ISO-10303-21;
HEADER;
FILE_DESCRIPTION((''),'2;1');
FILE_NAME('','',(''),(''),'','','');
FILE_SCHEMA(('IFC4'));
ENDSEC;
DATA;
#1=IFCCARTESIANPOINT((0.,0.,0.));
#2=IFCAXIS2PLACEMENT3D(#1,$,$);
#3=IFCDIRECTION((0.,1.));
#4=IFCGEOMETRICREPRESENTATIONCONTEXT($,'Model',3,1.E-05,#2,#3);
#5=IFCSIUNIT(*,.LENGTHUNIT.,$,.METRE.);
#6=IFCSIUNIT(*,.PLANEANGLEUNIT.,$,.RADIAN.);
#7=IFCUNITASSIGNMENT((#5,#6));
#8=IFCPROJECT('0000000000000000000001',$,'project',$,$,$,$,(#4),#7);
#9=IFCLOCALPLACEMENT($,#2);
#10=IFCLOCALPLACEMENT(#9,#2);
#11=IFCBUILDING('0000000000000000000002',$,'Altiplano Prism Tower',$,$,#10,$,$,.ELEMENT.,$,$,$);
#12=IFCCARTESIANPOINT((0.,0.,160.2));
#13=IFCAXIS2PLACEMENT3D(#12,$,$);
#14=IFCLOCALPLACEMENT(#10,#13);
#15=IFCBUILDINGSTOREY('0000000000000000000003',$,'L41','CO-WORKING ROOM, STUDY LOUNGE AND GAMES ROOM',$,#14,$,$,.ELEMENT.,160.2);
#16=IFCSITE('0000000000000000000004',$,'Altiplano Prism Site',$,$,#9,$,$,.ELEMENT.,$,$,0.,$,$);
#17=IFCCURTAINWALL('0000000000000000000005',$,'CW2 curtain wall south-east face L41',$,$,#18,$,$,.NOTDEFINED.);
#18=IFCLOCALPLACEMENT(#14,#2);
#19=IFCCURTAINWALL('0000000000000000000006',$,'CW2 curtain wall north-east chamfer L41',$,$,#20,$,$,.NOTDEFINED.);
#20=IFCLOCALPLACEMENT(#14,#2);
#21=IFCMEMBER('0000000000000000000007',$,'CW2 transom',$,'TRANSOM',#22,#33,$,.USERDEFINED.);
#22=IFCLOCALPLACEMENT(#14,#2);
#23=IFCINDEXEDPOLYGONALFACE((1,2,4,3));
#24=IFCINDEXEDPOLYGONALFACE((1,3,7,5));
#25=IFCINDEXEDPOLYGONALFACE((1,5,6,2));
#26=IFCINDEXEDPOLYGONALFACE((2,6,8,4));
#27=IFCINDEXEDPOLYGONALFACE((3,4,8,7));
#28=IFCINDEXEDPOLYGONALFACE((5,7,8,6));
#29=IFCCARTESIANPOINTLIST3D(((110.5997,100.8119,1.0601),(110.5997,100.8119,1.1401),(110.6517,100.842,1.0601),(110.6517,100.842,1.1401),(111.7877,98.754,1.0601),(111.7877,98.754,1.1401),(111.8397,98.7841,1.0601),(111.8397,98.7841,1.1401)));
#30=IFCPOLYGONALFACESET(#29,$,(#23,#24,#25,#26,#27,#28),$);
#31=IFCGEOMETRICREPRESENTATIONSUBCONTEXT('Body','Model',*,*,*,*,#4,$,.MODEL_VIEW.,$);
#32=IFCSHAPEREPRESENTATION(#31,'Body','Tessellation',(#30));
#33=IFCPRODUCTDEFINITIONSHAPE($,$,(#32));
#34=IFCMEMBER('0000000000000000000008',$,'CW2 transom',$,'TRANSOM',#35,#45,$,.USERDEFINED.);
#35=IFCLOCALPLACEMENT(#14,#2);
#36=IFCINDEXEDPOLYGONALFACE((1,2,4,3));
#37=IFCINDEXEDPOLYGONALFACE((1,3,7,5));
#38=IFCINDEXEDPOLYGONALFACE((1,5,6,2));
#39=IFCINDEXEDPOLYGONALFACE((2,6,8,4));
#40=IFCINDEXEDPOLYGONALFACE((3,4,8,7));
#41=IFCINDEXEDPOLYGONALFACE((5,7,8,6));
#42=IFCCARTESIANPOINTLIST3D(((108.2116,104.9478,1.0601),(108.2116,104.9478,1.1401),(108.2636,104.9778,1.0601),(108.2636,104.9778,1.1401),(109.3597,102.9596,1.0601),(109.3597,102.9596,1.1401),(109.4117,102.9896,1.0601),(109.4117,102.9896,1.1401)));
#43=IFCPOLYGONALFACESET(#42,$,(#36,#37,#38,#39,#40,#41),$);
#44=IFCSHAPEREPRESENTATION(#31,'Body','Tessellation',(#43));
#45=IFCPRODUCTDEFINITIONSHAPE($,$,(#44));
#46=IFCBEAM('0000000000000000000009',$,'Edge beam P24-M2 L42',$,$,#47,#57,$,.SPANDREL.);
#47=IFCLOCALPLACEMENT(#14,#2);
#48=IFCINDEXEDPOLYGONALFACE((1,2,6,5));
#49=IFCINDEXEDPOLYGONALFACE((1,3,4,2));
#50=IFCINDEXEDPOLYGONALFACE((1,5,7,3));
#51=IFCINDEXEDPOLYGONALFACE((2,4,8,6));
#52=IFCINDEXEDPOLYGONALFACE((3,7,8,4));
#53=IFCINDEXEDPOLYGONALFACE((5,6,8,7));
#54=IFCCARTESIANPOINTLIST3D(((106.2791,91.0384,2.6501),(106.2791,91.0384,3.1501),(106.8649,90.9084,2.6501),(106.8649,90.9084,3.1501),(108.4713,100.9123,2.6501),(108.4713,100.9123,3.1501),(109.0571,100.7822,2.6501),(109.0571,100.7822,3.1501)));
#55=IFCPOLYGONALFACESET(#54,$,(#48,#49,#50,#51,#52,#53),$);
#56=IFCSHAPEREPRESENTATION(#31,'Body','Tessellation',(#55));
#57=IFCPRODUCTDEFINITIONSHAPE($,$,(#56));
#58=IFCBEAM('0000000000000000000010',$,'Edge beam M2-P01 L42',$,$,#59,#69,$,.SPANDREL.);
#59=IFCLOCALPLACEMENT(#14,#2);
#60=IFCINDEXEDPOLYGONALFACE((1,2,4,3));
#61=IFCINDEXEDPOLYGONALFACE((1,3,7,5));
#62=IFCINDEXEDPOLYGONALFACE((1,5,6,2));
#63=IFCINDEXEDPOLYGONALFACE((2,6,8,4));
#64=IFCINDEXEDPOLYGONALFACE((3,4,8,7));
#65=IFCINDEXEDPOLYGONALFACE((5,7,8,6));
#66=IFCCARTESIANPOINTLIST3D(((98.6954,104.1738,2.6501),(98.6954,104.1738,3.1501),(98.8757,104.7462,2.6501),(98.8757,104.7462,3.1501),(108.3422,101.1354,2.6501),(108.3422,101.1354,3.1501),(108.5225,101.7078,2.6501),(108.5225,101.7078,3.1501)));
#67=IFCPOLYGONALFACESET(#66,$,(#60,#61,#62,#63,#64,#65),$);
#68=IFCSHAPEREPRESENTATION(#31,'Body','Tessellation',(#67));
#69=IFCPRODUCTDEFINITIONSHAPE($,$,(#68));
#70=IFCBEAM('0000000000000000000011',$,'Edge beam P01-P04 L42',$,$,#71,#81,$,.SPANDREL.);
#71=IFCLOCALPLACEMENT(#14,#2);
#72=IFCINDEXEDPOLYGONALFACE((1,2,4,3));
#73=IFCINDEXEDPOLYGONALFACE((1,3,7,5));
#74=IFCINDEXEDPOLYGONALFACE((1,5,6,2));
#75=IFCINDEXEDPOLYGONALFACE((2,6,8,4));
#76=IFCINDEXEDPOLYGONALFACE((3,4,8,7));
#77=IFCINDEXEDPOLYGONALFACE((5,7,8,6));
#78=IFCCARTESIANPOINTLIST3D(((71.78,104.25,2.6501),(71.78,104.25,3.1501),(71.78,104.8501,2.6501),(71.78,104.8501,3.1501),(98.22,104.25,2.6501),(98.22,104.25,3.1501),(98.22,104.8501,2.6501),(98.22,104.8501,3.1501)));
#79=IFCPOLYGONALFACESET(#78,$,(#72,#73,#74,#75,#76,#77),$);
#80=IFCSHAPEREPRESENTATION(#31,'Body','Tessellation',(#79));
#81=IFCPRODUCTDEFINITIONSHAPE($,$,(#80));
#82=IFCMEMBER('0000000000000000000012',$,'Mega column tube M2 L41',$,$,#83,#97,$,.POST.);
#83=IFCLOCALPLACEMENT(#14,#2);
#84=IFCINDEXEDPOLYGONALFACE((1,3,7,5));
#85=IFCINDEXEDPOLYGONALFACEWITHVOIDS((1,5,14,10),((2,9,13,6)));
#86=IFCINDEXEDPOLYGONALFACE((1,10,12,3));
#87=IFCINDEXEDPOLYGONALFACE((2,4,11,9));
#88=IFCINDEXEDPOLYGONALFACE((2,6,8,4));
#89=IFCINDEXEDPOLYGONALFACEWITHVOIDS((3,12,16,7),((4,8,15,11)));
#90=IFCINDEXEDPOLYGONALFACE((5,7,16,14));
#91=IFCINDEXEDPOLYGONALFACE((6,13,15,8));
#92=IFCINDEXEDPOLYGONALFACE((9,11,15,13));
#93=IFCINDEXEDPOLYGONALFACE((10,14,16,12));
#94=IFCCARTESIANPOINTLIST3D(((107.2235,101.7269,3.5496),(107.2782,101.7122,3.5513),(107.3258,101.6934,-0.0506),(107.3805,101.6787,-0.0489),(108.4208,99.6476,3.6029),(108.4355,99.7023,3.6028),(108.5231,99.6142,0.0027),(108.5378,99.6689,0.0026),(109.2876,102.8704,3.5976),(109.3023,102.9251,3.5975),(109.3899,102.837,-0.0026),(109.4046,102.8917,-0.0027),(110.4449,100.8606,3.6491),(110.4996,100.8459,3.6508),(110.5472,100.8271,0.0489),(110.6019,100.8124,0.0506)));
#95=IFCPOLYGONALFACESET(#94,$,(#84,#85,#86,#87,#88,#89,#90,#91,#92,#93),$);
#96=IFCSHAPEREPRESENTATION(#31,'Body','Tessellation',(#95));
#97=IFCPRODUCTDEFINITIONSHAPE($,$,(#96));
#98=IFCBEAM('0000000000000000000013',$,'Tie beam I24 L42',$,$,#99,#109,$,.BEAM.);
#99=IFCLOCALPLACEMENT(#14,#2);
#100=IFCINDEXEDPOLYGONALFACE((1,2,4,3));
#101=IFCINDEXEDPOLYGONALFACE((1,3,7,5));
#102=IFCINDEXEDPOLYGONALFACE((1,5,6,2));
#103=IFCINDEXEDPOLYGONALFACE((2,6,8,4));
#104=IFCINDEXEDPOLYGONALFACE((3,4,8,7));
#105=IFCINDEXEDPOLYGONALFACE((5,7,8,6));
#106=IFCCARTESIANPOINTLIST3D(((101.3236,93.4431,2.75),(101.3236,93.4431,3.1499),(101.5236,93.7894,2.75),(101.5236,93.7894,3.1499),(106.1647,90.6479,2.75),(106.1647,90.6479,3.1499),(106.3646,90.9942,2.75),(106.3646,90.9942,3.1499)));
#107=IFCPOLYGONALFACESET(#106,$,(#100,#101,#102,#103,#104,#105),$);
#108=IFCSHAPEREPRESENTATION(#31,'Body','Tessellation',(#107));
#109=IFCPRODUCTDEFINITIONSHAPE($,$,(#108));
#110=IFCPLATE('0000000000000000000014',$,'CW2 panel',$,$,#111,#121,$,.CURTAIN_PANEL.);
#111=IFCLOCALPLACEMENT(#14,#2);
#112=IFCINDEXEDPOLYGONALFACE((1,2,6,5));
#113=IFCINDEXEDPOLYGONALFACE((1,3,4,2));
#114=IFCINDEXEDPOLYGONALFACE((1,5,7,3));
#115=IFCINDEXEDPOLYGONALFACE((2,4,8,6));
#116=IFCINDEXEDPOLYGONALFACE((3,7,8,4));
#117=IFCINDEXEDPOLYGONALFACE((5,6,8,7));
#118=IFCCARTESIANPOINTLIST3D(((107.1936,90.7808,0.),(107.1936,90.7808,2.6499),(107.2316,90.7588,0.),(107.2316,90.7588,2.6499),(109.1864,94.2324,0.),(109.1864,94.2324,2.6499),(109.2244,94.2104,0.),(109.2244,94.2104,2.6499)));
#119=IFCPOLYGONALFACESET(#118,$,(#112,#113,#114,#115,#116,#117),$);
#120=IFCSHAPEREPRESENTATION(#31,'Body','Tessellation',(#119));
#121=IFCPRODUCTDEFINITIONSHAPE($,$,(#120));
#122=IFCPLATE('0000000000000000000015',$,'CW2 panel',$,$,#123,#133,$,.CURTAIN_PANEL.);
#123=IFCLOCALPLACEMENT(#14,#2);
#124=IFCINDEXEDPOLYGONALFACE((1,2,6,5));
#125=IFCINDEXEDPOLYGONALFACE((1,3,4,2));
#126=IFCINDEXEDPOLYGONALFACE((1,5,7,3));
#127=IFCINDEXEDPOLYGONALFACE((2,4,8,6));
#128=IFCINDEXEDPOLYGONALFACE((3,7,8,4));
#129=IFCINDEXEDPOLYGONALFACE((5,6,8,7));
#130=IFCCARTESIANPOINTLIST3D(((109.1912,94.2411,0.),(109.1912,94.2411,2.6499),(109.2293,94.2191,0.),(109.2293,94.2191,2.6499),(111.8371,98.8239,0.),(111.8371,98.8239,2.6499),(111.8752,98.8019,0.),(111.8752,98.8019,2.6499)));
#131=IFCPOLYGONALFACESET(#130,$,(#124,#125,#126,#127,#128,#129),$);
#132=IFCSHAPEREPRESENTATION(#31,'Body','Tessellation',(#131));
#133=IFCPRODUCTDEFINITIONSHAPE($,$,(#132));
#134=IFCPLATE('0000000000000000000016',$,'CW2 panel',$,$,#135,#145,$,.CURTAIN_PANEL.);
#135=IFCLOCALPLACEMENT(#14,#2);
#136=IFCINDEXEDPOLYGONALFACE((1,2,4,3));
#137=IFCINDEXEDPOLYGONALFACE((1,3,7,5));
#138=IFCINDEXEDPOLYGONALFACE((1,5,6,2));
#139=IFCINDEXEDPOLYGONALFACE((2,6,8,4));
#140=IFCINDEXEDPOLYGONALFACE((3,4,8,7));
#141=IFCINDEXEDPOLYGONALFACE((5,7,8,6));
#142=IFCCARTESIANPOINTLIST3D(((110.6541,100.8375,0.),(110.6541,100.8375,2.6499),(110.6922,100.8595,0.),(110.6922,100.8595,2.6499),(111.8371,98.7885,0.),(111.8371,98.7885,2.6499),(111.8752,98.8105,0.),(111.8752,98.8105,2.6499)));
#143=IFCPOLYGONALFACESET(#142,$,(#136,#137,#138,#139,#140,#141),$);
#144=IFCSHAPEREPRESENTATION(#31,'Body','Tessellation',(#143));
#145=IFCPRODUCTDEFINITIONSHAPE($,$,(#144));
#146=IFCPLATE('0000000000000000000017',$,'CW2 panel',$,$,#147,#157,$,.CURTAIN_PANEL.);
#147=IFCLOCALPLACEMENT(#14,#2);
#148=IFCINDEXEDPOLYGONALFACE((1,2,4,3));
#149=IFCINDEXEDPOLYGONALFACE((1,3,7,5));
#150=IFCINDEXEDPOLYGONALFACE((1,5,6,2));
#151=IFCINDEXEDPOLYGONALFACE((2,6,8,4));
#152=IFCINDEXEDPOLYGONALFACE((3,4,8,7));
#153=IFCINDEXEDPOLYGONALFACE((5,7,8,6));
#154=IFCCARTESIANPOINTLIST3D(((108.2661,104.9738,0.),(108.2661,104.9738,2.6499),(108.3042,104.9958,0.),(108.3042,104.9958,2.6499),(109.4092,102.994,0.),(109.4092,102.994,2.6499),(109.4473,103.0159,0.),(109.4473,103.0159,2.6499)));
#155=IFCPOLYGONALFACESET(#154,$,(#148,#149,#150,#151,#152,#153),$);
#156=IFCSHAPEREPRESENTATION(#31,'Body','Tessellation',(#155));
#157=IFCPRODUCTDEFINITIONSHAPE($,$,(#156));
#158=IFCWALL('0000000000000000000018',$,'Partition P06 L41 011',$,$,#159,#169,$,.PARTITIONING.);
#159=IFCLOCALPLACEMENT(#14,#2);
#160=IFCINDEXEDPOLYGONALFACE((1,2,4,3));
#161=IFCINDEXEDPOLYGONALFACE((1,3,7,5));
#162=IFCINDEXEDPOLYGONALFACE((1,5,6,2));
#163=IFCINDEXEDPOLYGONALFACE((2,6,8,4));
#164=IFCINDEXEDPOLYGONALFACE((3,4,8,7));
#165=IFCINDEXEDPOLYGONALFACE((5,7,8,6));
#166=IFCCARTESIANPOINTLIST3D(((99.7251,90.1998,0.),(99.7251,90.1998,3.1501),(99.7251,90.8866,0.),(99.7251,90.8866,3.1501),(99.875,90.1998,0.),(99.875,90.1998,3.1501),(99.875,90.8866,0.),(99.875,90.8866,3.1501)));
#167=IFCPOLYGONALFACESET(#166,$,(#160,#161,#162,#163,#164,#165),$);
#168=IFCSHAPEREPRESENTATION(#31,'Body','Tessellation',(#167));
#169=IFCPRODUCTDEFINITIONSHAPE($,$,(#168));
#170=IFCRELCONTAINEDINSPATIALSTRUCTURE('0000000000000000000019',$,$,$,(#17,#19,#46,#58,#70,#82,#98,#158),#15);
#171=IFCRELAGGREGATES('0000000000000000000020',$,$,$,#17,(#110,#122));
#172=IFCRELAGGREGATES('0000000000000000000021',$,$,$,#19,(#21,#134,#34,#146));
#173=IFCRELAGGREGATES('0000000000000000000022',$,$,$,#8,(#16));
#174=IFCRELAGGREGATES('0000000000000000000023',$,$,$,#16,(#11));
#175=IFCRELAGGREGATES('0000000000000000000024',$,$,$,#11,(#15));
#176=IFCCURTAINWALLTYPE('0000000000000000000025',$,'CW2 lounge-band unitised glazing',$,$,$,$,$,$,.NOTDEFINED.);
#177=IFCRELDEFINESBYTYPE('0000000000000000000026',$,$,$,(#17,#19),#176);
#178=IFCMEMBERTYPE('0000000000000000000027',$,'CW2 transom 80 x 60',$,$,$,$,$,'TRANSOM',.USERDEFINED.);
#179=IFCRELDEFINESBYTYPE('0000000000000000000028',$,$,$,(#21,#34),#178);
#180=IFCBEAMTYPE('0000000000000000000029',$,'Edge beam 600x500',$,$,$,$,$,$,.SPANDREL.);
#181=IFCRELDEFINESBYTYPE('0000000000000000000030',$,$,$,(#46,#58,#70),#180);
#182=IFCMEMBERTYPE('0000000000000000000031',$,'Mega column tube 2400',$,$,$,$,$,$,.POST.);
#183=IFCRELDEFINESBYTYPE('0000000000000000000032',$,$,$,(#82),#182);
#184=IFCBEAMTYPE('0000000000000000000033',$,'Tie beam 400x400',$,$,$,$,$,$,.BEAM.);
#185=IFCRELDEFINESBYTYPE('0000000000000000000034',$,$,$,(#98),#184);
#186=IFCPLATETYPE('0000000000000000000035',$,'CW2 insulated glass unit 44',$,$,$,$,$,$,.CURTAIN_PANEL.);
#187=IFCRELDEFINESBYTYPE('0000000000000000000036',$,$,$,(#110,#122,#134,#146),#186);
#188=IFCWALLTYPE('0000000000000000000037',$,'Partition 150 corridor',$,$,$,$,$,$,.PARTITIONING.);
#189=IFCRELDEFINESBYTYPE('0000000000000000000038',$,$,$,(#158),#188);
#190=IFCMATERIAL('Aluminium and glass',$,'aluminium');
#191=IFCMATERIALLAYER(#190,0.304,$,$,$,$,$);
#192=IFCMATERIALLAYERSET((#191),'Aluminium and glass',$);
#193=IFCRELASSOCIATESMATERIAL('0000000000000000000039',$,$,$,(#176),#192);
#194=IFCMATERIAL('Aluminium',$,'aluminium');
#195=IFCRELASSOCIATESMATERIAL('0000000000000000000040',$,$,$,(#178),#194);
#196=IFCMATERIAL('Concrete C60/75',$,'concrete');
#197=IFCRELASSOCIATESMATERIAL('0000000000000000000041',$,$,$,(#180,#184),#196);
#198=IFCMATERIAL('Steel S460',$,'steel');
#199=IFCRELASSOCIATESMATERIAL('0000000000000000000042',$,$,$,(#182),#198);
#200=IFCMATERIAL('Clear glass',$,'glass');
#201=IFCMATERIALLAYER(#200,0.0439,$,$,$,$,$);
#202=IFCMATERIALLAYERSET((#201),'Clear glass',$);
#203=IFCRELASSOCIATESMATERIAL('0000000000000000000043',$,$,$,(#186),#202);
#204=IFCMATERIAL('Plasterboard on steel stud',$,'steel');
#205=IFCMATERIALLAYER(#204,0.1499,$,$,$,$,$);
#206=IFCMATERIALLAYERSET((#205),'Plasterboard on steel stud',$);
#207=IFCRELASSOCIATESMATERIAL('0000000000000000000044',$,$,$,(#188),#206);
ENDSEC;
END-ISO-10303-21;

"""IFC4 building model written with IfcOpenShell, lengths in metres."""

from ifc_helpers import new_model, si_unit, direction, frame, frame_2d, origin, origin_2d, place, context, subcontext, project, spatial, rectangle, hollow_rectangle, extrude, material, layer, layer_set, material_profile, profile_set, type_object, element, aggregate, save


model = new_model("IFC4")

# Units and contexts
model_context = context("Model", 3, precision=1e-05, world=origin(), true_north=direction((0.0, 1.0)))
body_context = subcontext(model_context, "Body", "Model", "MODEL_VIEW")
ifc_project = project(units=[si_unit("LENGTHUNIT", "METRE"), si_unit("PLANEANGLEUNIT", "RADIAN")], contexts=[model_context])

# Site, building, storey
site_placement = place(None, origin())
site = spatial("IfcSite", under=ifc_project, at=site_placement, Name="Altiplano Prism Site", CompositionType="ELEMENT", RefElevation=0.0)
building_placement = place(site_placement, origin())
building = spatial("IfcBuilding", under=site, at=building_placement, Name="Altiplano Prism Tower", CompositionType="ELEMENT")
storey_placement = place(building_placement, frame((0.0, 0.0, 160.2)))
storey = spatial("IfcBuildingStorey", under=building, at=storey_placement, Name="L41", Description="CO-WORKING ROOM, STUDY LOUNGE AND GAMES ROOM", CompositionType="ELEMENT", Elevation=160.2)

# Shared definitions
ifc_material_1 = material(Name="Concrete C60/75", Category="concrete")

# Curtain walls, members
ifc_material_2 = material(Name="Aluminium and glass", Category="aluminium")
ifc_layer_1 = layer(ifc_material_2, 0.304)
ifc_layer_set_1 = layer_set([ifc_layer_1], Name="Aluminium and glass")
curtain_wall_type = type_object("IfcCurtainWallType", Name="CW2 lounge-band unitised glazing", PredefinedType="NOTDEFINED", material=ifc_layer_set_1)
curtain_wall_1_placement = place(storey_placement, origin())
curtain_wall_1 = element("IfcCurtainWall", 1, at=curtain_wall_1_placement, inside=storey, type_object=curtain_wall_type, Name="CW2 curtain wall south-east face L41", PredefinedType="NOTDEFINED")
ifc_material_3 = material(Name="Aluminium", Category="aluminium")
ifc_material_profile_1 = material_profile(ifc_material_3, rectangle(XDim=0.0601, YDim=0.0801, at=origin_2d()), Name="CW2 transom 80 x 60")
ifc_profile_set_1 = profile_set([ifc_material_profile_1], Name="Aluminium")
member_type_1 = type_object("IfcMemberType", Name="CW2 transom 80 x 60", ElementType="TRANSOM", PredefinedType="USERDEFINED", material=ifc_profile_set_1)
curtain_wall_2_placement = place(storey_placement, origin())
curtain_wall_2 = element("IfcCurtainWall", 2, at=curtain_wall_2_placement, inside=storey, type_object=curtain_wall_type, Name="CW2 curtain wall north-east chamfer L41", PredefinedType="NOTDEFINED")
member_1_placement = place(storey_placement, frame((111.8137, 98.769, 1.1001), z_axis=(-0.499963, 0.866047, 0.0), x_axis=(-0.866047, -0.499963, 0.0)))
member_1 = element("IfcMember", 3, at=member_1_placement, type_object=member_type_1, Name="CW2 transom", ObjectType="TRANSOM", PredefinedType="USERDEFINED", context=body_context, shape_type="SweptSolid", body=[
    extrude(rectangle(XDim=0.0601, YDim=0.0801, at=origin_2d()), origin(), (0.0, 0.0, 1.0), 2.3762),
])
member_2_placement = place(storey_placement, frame((109.3857, 102.9746, 1.1001), z_axis=(-0.500084, 0.865977, 0.0), x_axis=(-0.865977, -0.500084, 0.0)))
member_2 = element("IfcMember", 4, at=member_2_placement, type_object=member_type_1, Name="CW2 transom", ObjectType="TRANSOM", PredefinedType="USERDEFINED", context=body_context, shape_type="SweptSolid", body=[
    extrude(rectangle(XDim=0.0601, YDim=0.0801, at=origin_2d()), origin(), (0.0, 0.0, 1.0), 2.2959),
])

# Beams
ifc_material_profile_2 = material_profile(ifc_material_1, rectangle(XDim=0.6001, YDim=0.5, at=origin_2d()), Name="Edge beam 600x500")
ifc_profile_set_2 = profile_set([ifc_material_profile_2], Name="Concrete C60/75")
beam_type_1 = type_object("IfcBeamType", Name="Edge beam 600x500", PredefinedType="SPANDREL", material=ifc_profile_set_2)
beam_1_placement = place(storey_placement, frame((106.572, 90.9734, 2.9001), z_axis=(0.216739, 0.97623, 0.0), x_axis=(-0.97623, 0.216739, 0.0)))
element("IfcBeam", 5, at=beam_1_placement, inside=storey, type_object=beam_type_1, Name="Edge beam P24-M2 L42", PredefinedType="SPANDREL", context=body_context, shape_type="SweptSolid", body=[
    extrude(rectangle(XDim=0.6001, YDim=0.5, at=origin_2d()), origin(), (0.0, 0.0, 1.0), 10.1143),
])
beam_2_placement = place(storey_placement, frame((108.4324, 101.4216, 2.9001), z_axis=(-0.95381, 0.300412, 0.0), x_axis=(-0.300412, -0.95381, 0.0)))
element("IfcBeam", 6, at=beam_2_placement, inside=storey, type_object=beam_type_1, Name="Edge beam M2-P01 L42", PredefinedType="SPANDREL", context=body_context, shape_type="SweptSolid", body=[
    extrude(rectangle(XDim=0.6001, YDim=0.5, at=origin_2d()), origin(), (0.0, 0.0, 1.0), 10.114),
])
beam_3_placement = place(storey_placement, frame((98.22, 104.55, 2.9001), z_axis=(-1.0, 0.0, 0.0), x_axis=(0.0, -1.0, 0.0)))
element("IfcBeam", 7, at=beam_3_placement, inside=storey, type_object=beam_type_1, Name="Edge beam P01-P04 L42", PredefinedType="SPANDREL", context=body_context, shape_type="SweptSolid", body=[
    extrude(rectangle(XDim=0.6001, YDim=0.5, at=origin_2d()), origin(), (0.0, 0.0, 1.0), 26.4399),
])

# Member
ifc_material_4 = material(Name="Steel S460", Category="steel")
ifc_material_profile_3 = material_profile(ifc_material_4, hollow_rectangle(XDim=2.3999, YDim=2.3999, WallThickness=0.04, at=origin_2d()), Name="Mega column tube 2400")
ifc_profile_set_3 = profile_set([ifc_material_profile_3], Name="Steel S460")
member_type_2 = type_object("IfcMemberType", Name="Mega column tube 2400", PredefinedType="POST", material=ifc_profile_set_3)
member_3_placement = place(storey_placement, frame((108.9639, 101.2529, 0.0), z_axis=(-0.028402, 0.009287, 0.999553), x_axis=(0.498881, -0.866385, 0.022225)))
element("IfcMember", 8, at=member_3_placement, inside=storey, type_object=member_type_2, Name="Mega column tube M2 L41", PredefinedType="POST", context=body_context, shape_type="SweptSolid", body=[
    extrude(hollow_rectangle(XDim=2.3999, YDim=2.3999, WallThickness=0.04, at=origin_2d()), origin(), (0.0, 0.0, 1.0), 3.6018),
])

# Beam
ifc_material_profile_4 = material_profile(ifc_material_1, rectangle(XDim=0.3999, YDim=0.3999, at=origin_2d()), Name="Tie beam 400x400")
ifc_profile_set_4 = profile_set([ifc_material_profile_4], Name="Concrete C60/75")
beam_type_2 = type_object("IfcBeamType", Name="Tie beam 400x400", PredefinedType="BEAM", material=ifc_profile_set_4)
beam_4_placement = place(storey_placement, frame((101.4236, 93.6162, 2.95), z_axis=(0.866012, -0.500024, 0.0), x_axis=(0.500024, 0.866012, 0.0)))
element("IfcBeam", 9, at=beam_4_placement, inside=storey, type_object=beam_type_2, Name="Tie beam I24 L42", PredefinedType="BEAM", context=body_context, shape_type="SweptSolid", body=[
    extrude(rectangle(XDim=0.3999, YDim=0.3999, at=origin_2d()), origin(), (0.0, 0.0, 1.0), 5.5901),
])

# Plates
ifc_material_5 = material(Name="Clear glass", Category="glass")
ifc_layer_2 = layer(ifc_material_5, 0.0439)
ifc_layer_set_2 = layer_set([ifc_layer_2], Name="Clear glass")
plate_type = type_object("IfcPlateType", Name="CW2 insulated glass unit 44", PredefinedType="CURTAIN_PANEL", material=ifc_layer_set_2)
plate_1_placement = place(storey_placement, frame((108.209, 92.4956, 0.0), z_axis=(0.0, 0.0, 1.0), x_axis=(0.5, 0.866025, 0.0)))
plate_1 = element("IfcPlate", 10, at=plate_1_placement, type_object=plate_type, Name="CW2 panel", PredefinedType="CURTAIN_PANEL", context=body_context, shape_type="SweptSolid", body=[
    extrude(rectangle(XDim=3.9856, YDim=0.0439, at=origin_2d()), origin(), (0.0, 0.0, 1.0), 2.6499),
])
plate_2_placement = place(storey_placement, frame((110.5332, 96.5215, 0.0), z_axis=(0.0, 0.0, 1.0), x_axis=(0.5, 0.866025, 0.0)))
plate_2 = element("IfcPlate", 11, at=plate_2_placement, type_object=plate_type, Name="CW2 panel", PredefinedType="CURTAIN_PANEL", context=body_context, shape_type="SweptSolid", body=[
    extrude(rectangle(XDim=5.2917, YDim=0.0439, at=origin_2d()), origin(), (0.0, 0.0, 1.0), 2.6499),
])
aggregate(curtain_wall_1, [plate_1, plate_2])
plate_3_placement = place(storey_placement, frame((111.2646, 99.824, 0.0), z_axis=(0.0, 0.0, 1.0), x_axis=(-0.5, 0.866025, 0.0)))
plate_3 = element("IfcPlate", 12, at=plate_3_placement, type_object=plate_type, Name="CW2 panel", PredefinedType="CURTAIN_PANEL", context=body_context, shape_type="SweptSolid", body=[
    extrude(rectangle(XDim=2.366, YDim=0.0439, at=origin_2d()), origin(), (0.0, 0.0, 1.0), 2.6499),
])
plate_4_placement = place(storey_placement, frame((108.8567, 103.9949, 0.0), z_axis=(0.0, 0.0, 1.0), x_axis=(-0.5, 0.866025, 0.0)))
plate_4 = element("IfcPlate", 13, at=plate_4_placement, type_object=plate_type, Name="CW2 panel", PredefinedType="CURTAIN_PANEL", context=body_context, shape_type="SweptSolid", body=[
    extrude(rectangle(XDim=2.2861, YDim=0.0439, at=origin_2d()), origin(), (0.0, 0.0, 1.0), 2.6499),
])
aggregate(curtain_wall_2, [member_1, plate_3, member_2, plate_4])

# Wall
ifc_material_6 = material(Name="Plasterboard on steel stud", Category="steel")
ifc_layer_3 = layer(ifc_material_6, 0.1499)
ifc_layer_set_3 = layer_set([ifc_layer_3], Name="Plasterboard on steel stud")
wall_type_1 = type_object("IfcWallType", Name="Partition 150 corridor", PredefinedType="PARTITIONING", material=ifc_layer_set_3)
wall_1_placement = place(storey_placement, frame((99.8, 90.2, 0.0), z_axis=(0.0, 0.0, 1.0), x_axis=(0.0, 1.0, 0.0)))
element("IfcWall", 14, at=wall_1_placement, inside=storey, type_object=wall_type_1, Name="Partition P06 L41 011", PredefinedType="PARTITIONING", context=body_context, shape_type="SweptSolid", body=[
    extrude(rectangle(XDim=0.6868, YDim=0.1499, at=frame_2d((0.3433, 0.0))), origin(), (0.0, 0.0, 1.0), 3.1501),
])

save(model, "model.ifc")
